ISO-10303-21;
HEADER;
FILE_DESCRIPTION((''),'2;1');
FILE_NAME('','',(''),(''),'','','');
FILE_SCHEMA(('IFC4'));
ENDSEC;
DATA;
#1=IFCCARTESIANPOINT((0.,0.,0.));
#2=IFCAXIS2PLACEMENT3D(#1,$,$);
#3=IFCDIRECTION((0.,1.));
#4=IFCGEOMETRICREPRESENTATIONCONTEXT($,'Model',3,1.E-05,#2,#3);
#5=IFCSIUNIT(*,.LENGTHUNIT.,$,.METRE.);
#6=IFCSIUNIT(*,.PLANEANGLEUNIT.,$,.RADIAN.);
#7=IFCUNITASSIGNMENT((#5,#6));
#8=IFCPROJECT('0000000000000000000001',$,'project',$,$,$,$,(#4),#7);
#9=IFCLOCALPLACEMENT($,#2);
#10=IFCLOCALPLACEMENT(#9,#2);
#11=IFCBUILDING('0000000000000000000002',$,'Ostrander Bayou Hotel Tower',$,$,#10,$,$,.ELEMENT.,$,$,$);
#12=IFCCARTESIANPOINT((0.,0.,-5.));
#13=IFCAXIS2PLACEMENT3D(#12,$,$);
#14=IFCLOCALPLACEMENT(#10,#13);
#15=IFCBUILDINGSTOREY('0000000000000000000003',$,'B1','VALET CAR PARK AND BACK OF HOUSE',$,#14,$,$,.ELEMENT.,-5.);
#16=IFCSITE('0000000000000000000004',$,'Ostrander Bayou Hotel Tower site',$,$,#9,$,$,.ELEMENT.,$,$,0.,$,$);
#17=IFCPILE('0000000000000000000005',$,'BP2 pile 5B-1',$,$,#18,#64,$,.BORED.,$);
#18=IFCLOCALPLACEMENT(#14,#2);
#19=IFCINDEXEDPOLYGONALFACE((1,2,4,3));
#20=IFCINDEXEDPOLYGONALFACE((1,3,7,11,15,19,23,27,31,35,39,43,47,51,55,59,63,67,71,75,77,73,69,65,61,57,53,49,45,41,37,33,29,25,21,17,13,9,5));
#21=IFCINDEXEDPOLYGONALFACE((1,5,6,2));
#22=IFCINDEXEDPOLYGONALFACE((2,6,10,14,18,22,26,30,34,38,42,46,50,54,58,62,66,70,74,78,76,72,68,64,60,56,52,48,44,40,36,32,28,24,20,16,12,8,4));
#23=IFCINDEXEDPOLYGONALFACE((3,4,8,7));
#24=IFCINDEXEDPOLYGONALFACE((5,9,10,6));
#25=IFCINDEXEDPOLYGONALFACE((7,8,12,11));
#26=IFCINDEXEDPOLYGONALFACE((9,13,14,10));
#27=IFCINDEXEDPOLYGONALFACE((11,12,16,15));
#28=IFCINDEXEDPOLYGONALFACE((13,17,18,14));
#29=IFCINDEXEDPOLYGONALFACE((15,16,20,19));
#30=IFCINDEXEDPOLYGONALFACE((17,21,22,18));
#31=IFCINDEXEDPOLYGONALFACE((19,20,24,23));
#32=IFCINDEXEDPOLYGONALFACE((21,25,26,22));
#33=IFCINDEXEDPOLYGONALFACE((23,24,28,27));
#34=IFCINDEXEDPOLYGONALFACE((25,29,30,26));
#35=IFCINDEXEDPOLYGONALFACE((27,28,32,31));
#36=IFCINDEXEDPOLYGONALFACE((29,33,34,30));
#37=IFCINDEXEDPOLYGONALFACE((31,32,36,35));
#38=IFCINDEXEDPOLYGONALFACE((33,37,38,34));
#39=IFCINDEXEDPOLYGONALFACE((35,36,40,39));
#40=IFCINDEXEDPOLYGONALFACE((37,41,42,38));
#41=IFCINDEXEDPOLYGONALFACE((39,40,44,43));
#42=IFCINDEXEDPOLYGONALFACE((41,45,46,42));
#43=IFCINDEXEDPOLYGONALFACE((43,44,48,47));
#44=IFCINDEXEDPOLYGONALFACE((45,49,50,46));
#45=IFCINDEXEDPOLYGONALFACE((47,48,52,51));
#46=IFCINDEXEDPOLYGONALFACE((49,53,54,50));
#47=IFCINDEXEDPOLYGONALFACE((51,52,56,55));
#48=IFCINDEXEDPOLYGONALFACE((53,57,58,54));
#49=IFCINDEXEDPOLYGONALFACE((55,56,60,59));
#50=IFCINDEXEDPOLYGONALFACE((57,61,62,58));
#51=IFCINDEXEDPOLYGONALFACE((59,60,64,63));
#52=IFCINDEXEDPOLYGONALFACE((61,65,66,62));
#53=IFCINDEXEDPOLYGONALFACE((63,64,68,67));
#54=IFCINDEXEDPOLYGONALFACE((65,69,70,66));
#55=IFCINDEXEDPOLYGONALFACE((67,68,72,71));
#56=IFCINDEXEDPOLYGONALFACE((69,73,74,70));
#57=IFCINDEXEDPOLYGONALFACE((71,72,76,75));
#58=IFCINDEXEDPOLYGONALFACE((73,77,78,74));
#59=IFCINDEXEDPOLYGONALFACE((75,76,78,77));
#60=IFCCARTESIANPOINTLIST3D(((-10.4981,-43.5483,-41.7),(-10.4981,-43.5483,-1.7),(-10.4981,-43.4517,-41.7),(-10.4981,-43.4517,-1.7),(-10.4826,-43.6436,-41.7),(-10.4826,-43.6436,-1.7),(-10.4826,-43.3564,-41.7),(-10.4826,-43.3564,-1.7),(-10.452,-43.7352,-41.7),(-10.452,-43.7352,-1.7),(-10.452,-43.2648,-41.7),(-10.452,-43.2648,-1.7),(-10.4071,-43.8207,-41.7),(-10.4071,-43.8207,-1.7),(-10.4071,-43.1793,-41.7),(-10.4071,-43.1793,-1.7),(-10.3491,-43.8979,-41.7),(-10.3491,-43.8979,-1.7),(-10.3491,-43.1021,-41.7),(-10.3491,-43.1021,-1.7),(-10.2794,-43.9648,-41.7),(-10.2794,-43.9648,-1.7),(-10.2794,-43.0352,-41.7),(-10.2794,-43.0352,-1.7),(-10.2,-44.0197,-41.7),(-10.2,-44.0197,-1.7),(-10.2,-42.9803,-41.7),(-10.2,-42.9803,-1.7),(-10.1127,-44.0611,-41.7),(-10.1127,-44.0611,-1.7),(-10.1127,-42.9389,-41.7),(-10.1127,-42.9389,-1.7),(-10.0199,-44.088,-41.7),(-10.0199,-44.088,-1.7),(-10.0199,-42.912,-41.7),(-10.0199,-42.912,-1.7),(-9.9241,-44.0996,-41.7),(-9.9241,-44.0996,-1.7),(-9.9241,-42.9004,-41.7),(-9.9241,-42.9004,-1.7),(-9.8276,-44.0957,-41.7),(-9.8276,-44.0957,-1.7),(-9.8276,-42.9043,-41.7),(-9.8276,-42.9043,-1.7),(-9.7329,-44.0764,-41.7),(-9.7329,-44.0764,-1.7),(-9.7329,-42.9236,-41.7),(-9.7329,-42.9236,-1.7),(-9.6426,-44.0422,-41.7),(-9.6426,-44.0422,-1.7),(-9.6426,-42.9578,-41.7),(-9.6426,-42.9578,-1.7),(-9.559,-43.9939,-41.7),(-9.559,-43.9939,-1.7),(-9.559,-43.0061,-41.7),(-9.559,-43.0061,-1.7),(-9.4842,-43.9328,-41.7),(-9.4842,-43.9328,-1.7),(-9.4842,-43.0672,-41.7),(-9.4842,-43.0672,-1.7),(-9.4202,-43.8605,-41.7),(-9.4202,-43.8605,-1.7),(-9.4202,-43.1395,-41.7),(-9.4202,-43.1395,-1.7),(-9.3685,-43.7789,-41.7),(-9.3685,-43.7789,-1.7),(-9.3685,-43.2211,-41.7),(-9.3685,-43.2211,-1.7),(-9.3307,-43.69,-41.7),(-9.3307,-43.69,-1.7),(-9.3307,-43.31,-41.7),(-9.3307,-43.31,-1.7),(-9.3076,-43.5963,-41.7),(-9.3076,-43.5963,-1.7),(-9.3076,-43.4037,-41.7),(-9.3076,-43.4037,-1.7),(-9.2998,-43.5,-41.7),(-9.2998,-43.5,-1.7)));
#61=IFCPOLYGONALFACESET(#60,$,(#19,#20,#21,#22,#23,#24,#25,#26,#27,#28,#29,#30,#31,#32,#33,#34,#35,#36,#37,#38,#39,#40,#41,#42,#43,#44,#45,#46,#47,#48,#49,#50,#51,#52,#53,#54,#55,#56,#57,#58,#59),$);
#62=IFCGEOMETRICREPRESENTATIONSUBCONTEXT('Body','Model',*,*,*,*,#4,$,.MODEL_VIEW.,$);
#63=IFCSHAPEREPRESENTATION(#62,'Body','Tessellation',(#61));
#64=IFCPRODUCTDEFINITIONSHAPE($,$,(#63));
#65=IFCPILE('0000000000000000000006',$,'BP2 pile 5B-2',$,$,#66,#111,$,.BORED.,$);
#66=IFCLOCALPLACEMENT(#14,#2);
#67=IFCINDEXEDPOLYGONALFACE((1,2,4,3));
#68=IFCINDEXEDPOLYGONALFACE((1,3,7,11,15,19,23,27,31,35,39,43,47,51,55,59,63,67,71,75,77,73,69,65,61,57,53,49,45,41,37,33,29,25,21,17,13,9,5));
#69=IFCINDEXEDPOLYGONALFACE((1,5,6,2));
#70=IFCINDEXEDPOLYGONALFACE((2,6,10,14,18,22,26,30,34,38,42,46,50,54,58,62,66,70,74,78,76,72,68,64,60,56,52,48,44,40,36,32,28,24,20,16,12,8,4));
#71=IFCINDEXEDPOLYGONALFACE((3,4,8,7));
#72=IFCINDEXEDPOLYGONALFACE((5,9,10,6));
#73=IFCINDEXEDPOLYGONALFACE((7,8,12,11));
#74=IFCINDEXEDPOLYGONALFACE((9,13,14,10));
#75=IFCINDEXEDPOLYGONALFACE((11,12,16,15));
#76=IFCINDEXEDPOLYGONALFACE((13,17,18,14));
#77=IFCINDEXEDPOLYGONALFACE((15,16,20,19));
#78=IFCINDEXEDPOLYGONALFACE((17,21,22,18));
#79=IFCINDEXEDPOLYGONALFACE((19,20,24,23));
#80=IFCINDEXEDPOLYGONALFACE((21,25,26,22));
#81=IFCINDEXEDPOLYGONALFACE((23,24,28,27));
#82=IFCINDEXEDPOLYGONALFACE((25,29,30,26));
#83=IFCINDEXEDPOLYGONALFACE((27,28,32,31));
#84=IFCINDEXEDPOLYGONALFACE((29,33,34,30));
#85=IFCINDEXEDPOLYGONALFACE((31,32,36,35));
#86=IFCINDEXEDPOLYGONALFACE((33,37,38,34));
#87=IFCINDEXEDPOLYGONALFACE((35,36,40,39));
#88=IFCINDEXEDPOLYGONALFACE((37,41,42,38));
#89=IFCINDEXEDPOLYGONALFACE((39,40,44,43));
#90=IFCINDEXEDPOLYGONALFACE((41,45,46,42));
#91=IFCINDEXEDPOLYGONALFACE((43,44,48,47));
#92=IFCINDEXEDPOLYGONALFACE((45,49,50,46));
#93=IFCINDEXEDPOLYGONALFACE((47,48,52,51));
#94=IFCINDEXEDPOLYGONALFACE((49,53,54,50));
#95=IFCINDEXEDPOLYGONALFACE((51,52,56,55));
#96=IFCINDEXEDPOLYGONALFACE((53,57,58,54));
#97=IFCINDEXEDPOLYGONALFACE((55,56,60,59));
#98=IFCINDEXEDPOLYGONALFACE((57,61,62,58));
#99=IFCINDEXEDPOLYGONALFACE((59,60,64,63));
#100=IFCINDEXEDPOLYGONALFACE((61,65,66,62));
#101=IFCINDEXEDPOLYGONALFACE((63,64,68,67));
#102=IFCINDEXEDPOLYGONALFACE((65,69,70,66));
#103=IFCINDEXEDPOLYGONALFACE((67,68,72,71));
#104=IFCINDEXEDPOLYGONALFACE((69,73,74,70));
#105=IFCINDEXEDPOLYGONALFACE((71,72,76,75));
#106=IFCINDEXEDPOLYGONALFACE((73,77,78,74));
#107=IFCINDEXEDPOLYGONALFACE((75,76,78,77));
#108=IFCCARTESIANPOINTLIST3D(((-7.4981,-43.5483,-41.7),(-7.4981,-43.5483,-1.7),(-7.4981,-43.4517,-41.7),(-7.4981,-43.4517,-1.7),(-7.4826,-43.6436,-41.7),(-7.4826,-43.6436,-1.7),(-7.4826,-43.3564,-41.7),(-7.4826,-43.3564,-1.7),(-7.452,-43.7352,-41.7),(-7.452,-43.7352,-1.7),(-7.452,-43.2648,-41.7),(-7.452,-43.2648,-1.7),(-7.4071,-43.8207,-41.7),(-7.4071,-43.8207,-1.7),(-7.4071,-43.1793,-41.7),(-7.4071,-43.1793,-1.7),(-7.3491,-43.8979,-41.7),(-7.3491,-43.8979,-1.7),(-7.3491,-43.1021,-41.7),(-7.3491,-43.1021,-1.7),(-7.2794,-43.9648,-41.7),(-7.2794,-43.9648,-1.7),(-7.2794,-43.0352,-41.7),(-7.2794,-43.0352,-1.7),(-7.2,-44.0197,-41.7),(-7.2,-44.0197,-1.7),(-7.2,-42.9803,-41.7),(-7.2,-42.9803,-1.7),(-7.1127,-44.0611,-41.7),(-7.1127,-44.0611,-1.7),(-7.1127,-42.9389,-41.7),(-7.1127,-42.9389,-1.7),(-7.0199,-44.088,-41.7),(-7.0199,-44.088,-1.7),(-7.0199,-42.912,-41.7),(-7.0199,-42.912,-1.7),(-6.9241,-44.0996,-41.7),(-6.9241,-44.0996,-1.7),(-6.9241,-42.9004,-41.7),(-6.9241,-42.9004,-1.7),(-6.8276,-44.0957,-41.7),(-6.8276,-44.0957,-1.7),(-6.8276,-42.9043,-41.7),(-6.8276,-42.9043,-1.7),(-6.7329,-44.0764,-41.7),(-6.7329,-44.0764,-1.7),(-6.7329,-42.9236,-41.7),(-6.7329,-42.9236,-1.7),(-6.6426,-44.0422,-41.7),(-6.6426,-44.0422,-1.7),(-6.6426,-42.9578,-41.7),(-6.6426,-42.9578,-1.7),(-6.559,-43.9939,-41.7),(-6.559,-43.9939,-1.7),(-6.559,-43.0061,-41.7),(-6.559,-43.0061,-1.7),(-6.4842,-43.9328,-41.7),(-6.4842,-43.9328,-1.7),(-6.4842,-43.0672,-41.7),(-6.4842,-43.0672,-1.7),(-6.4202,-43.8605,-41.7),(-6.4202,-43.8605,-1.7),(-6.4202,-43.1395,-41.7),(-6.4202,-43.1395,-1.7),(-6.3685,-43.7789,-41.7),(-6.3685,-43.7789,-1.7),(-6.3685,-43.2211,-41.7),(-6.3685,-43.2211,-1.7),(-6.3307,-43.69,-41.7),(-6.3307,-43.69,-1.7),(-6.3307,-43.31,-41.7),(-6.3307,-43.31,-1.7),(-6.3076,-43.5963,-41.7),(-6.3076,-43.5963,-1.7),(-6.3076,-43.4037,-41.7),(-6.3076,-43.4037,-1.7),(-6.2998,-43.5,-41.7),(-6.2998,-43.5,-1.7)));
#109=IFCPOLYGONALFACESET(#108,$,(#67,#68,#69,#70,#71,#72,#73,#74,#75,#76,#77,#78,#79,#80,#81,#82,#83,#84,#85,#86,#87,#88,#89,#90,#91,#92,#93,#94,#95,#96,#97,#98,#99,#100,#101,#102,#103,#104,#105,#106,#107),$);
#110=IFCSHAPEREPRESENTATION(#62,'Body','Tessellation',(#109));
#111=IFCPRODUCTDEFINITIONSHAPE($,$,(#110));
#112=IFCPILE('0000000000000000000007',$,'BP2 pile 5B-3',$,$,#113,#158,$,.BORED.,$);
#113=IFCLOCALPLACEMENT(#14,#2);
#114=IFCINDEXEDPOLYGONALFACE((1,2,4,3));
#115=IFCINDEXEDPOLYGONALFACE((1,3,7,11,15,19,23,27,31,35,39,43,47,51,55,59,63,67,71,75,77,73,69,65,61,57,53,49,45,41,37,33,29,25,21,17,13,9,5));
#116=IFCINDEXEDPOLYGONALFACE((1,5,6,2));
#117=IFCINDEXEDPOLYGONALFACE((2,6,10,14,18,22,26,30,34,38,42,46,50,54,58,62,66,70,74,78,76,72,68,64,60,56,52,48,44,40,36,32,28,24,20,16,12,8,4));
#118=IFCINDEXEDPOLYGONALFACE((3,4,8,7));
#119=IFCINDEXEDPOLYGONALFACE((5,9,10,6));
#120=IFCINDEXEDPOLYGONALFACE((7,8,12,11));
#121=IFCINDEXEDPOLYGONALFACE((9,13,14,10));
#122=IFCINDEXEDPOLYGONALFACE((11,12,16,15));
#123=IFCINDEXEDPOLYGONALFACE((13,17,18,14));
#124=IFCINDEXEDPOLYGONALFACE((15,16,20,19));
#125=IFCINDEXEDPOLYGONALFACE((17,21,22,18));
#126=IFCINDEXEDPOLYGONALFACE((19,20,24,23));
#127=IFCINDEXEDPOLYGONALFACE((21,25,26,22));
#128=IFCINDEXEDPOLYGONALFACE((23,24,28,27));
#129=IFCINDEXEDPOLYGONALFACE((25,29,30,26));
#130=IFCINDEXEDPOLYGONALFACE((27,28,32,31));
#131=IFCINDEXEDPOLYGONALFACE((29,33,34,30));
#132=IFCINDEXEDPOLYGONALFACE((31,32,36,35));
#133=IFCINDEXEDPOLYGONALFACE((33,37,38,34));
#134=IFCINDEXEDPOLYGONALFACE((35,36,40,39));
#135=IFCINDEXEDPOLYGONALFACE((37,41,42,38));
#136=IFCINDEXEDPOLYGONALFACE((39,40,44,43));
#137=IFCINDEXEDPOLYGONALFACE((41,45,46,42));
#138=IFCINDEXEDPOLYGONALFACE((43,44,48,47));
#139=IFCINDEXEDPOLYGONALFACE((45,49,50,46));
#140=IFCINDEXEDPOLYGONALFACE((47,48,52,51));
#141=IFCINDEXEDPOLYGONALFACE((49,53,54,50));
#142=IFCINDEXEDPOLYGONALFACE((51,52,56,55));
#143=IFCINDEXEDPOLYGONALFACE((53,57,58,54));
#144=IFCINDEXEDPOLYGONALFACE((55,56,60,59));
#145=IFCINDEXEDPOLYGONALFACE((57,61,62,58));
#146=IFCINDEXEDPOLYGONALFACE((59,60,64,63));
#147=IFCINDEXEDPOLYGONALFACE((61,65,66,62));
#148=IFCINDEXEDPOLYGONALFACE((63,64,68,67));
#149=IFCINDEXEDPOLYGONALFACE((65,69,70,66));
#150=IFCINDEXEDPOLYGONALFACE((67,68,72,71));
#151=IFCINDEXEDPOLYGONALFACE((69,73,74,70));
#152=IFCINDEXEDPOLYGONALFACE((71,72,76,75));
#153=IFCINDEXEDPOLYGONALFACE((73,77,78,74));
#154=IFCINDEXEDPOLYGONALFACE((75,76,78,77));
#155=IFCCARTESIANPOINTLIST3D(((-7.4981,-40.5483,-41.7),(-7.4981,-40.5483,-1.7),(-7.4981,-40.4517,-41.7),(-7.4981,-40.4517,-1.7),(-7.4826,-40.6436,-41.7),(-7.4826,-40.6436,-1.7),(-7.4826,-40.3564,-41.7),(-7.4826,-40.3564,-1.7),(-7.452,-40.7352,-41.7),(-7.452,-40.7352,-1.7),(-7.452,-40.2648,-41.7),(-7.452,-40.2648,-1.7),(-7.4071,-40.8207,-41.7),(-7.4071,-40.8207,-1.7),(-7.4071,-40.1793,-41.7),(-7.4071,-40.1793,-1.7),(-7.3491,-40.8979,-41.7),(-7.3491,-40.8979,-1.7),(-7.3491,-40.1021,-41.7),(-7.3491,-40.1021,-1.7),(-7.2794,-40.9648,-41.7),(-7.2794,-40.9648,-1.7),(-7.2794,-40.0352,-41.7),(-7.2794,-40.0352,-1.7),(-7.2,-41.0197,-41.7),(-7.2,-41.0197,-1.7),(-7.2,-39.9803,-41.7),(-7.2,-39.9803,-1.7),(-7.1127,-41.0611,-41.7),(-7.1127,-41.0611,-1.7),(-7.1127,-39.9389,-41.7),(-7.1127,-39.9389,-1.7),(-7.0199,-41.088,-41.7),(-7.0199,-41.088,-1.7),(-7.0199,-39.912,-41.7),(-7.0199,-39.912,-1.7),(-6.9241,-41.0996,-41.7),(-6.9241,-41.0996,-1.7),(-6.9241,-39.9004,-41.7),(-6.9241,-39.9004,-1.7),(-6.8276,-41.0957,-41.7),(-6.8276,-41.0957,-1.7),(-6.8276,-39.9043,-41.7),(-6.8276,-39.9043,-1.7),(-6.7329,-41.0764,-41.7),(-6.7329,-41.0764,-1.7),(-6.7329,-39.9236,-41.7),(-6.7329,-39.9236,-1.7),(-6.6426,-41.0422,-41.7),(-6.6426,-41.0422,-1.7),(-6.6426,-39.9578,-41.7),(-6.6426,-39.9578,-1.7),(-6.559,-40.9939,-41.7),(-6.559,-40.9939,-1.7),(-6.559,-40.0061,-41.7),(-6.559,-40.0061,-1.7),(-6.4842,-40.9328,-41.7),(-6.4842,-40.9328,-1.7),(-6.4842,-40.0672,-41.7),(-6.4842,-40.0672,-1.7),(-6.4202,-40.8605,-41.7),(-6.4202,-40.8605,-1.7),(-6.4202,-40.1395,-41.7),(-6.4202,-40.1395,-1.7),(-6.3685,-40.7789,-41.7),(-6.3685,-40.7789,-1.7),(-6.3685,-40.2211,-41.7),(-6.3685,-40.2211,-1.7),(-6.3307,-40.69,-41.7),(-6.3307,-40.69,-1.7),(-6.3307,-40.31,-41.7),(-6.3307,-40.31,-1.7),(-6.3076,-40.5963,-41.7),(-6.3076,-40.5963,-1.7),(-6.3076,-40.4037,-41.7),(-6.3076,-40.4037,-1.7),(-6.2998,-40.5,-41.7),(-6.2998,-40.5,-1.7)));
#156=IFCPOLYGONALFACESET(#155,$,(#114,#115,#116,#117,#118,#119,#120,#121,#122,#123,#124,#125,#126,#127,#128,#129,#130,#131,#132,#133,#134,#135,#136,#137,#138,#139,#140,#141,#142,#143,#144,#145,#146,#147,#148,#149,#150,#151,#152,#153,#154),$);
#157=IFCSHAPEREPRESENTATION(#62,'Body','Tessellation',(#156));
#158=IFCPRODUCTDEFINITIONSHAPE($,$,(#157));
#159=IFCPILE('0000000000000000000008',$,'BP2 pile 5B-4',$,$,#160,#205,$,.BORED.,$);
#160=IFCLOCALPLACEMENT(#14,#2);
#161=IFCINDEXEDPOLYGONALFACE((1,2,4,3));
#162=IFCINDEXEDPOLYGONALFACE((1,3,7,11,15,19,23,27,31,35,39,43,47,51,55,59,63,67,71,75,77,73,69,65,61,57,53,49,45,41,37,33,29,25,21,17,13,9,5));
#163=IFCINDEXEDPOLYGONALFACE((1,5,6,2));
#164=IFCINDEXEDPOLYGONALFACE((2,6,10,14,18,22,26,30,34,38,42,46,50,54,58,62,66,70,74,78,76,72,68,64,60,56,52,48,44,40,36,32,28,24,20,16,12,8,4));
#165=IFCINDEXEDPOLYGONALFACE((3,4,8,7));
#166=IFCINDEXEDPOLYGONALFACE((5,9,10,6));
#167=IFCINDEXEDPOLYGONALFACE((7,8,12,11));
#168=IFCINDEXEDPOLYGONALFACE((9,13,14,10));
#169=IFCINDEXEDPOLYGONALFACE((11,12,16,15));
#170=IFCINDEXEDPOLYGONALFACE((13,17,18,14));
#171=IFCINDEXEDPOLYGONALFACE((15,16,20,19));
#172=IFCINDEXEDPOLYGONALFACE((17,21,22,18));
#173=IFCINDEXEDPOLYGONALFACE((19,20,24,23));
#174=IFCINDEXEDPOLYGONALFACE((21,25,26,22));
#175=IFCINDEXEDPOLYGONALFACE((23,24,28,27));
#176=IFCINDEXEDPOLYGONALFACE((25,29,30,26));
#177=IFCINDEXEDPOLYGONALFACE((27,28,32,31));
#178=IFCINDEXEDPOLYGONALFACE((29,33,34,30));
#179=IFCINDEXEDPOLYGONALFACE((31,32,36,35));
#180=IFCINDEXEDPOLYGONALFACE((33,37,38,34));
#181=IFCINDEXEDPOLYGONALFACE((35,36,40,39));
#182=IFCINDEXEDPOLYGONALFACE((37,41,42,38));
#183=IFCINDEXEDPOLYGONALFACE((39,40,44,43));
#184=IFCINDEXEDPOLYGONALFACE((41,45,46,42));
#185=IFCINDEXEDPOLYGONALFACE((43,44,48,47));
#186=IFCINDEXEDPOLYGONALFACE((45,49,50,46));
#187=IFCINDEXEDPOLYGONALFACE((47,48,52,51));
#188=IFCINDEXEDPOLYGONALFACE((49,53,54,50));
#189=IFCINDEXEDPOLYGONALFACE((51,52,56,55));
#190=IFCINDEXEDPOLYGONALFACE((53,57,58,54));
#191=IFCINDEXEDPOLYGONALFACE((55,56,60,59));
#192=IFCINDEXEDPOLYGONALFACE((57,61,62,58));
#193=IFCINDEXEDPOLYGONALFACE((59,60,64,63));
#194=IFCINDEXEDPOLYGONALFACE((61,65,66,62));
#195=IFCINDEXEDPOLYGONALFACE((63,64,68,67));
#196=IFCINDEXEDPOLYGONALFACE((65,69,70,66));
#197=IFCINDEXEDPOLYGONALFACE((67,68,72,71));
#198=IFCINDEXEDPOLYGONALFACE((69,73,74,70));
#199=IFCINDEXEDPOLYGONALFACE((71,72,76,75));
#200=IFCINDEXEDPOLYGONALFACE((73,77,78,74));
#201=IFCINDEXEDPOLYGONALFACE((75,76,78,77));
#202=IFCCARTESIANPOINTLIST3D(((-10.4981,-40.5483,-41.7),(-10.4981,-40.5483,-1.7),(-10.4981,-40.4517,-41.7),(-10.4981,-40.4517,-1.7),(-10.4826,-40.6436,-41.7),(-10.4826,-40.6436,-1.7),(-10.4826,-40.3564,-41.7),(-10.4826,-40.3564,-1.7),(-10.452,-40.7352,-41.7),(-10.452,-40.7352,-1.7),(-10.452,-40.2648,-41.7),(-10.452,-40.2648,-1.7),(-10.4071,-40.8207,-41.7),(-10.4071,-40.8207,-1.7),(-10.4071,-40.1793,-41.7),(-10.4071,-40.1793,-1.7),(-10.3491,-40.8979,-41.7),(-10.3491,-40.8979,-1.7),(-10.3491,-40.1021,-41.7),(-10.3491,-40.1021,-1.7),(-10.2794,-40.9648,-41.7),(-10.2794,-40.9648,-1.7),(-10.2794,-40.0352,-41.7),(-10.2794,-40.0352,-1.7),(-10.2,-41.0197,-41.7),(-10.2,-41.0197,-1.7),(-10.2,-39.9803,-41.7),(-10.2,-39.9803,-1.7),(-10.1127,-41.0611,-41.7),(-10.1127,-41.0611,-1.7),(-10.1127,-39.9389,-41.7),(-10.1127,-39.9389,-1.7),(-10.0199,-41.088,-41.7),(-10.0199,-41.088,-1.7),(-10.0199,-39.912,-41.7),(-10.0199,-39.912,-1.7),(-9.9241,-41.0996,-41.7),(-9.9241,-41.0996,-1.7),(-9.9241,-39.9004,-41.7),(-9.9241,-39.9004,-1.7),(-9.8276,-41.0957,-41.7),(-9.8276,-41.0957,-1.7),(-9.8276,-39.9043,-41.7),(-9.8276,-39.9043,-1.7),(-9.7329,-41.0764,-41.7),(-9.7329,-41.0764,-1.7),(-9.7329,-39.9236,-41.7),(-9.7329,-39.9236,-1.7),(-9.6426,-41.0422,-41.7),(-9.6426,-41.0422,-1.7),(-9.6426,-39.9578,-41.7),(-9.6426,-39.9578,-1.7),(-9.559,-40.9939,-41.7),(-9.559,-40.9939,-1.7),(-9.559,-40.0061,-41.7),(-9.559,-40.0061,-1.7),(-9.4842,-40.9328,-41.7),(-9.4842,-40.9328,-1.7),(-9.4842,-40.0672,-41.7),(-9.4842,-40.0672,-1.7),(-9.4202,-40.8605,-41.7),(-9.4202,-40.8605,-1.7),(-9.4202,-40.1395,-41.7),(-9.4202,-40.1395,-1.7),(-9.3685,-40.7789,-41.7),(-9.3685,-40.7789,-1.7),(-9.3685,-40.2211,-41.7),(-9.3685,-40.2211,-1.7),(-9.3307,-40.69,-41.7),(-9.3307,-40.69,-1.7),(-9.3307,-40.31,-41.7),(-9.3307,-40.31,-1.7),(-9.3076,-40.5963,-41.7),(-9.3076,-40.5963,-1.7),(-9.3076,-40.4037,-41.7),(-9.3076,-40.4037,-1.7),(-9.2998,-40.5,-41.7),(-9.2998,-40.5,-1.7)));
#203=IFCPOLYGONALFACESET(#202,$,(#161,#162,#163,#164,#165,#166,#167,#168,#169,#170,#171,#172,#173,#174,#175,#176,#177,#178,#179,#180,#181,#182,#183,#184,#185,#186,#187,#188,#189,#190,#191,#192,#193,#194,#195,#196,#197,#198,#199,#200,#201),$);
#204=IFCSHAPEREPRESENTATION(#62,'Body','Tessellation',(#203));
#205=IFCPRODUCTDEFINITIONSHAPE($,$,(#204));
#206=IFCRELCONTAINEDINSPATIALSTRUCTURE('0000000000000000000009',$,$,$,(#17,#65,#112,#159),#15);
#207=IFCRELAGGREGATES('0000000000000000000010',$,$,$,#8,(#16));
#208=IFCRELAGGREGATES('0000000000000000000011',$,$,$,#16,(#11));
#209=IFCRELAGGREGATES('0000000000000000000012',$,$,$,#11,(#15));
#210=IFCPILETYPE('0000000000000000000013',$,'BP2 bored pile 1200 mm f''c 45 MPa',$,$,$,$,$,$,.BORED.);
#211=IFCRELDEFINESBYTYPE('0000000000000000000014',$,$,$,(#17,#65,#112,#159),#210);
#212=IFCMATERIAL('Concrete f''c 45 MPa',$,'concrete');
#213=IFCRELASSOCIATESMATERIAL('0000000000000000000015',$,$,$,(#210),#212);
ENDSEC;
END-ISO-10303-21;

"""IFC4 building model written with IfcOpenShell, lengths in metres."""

from ifc_helpers import new_model, si_unit, direction, frame, origin, origin_2d, place, context, subcontext, project, spatial, circle, extrude, material, material_profile, profile_set, type_object, element, save


model = new_model("IFC4")

# Units and contexts
model_context = context("Model", 3, precision=1e-05, world=origin(), true_north=direction((0.0, 1.0)))
body_context = subcontext(model_context, "Body", "Model", "MODEL_VIEW")
ifc_project = project(units=[si_unit("LENGTHUNIT", "METRE"), si_unit("PLANEANGLEUNIT", "RADIAN")], contexts=[model_context])

# Site, building, storey
site_placement = place(None, origin())
site = spatial("IfcSite", under=ifc_project, at=site_placement, Name="Ostrander Bayou Hotel Tower site", CompositionType="ELEMENT", RefElevation=0.0)
building_placement = place(site_placement, origin())
building = spatial("IfcBuilding", under=site, at=building_placement, Name="Ostrander Bayou Hotel Tower", CompositionType="ELEMENT")
storey_placement = place(building_placement, frame((0.0, 0.0, -5.0)))
storey = spatial("IfcBuildingStorey", under=building, at=storey_placement, Name="B1", Description="VALET CAR PARK AND BACK OF HOUSE", CompositionType="ELEMENT", Elevation=-5.0)

# Piles
ifc_material_1 = material(Name="Concrete f'c 45 MPa", Category="concrete")
ifc_material_profile_1 = material_profile(ifc_material_1, circle(Radius=0.6001, at=origin_2d()))
ifc_profile_set_1 = profile_set([ifc_material_profile_1], Name="Concrete f'c 45 MPa")
pile_type = type_object("IfcPileType", Name="BP2 bored pile 1200 mm f'c 45 MPa", PredefinedType="BORED", material=ifc_profile_set_1)
for number, where, z_axis, x_axis, name in (
    (1, (-9.8999, -43.5, -1.7), (0.0, 0.0, -1.0), (1.0, 0.0, 0.0), "BP2 pile 5B-1"),
    (2, (-6.8999, -43.5, -1.7), (0.0, 0.0, -1.0), (1.0, 0.0, 0.0), "BP2 pile 5B-2"),
    (3, (-6.8999, -40.5, -1.7), (0.0, 0.0, -1.0), (1.0, 0.0, 0.0), "BP2 pile 5B-3"),
    (4, (-9.8999, -40.5, -1.7), (0.0, 0.0, -1.0), (1.0, 0.0, 0.0), "BP2 pile 5B-4"),
):
    element("IfcPile", number, at=place(storey_placement, frame(where, z_axis=z_axis, x_axis=x_axis)), inside=storey, type_object=pile_type, Name=name, PredefinedType="BORED", context=body_context, shape_type="SweptSolid", body=[
        extrude(circle(Radius=0.6001, at=origin_2d()), origin(), (0.0, 0.0, 1.0), 40.0),
    ])

save(model, "model.ifc")
